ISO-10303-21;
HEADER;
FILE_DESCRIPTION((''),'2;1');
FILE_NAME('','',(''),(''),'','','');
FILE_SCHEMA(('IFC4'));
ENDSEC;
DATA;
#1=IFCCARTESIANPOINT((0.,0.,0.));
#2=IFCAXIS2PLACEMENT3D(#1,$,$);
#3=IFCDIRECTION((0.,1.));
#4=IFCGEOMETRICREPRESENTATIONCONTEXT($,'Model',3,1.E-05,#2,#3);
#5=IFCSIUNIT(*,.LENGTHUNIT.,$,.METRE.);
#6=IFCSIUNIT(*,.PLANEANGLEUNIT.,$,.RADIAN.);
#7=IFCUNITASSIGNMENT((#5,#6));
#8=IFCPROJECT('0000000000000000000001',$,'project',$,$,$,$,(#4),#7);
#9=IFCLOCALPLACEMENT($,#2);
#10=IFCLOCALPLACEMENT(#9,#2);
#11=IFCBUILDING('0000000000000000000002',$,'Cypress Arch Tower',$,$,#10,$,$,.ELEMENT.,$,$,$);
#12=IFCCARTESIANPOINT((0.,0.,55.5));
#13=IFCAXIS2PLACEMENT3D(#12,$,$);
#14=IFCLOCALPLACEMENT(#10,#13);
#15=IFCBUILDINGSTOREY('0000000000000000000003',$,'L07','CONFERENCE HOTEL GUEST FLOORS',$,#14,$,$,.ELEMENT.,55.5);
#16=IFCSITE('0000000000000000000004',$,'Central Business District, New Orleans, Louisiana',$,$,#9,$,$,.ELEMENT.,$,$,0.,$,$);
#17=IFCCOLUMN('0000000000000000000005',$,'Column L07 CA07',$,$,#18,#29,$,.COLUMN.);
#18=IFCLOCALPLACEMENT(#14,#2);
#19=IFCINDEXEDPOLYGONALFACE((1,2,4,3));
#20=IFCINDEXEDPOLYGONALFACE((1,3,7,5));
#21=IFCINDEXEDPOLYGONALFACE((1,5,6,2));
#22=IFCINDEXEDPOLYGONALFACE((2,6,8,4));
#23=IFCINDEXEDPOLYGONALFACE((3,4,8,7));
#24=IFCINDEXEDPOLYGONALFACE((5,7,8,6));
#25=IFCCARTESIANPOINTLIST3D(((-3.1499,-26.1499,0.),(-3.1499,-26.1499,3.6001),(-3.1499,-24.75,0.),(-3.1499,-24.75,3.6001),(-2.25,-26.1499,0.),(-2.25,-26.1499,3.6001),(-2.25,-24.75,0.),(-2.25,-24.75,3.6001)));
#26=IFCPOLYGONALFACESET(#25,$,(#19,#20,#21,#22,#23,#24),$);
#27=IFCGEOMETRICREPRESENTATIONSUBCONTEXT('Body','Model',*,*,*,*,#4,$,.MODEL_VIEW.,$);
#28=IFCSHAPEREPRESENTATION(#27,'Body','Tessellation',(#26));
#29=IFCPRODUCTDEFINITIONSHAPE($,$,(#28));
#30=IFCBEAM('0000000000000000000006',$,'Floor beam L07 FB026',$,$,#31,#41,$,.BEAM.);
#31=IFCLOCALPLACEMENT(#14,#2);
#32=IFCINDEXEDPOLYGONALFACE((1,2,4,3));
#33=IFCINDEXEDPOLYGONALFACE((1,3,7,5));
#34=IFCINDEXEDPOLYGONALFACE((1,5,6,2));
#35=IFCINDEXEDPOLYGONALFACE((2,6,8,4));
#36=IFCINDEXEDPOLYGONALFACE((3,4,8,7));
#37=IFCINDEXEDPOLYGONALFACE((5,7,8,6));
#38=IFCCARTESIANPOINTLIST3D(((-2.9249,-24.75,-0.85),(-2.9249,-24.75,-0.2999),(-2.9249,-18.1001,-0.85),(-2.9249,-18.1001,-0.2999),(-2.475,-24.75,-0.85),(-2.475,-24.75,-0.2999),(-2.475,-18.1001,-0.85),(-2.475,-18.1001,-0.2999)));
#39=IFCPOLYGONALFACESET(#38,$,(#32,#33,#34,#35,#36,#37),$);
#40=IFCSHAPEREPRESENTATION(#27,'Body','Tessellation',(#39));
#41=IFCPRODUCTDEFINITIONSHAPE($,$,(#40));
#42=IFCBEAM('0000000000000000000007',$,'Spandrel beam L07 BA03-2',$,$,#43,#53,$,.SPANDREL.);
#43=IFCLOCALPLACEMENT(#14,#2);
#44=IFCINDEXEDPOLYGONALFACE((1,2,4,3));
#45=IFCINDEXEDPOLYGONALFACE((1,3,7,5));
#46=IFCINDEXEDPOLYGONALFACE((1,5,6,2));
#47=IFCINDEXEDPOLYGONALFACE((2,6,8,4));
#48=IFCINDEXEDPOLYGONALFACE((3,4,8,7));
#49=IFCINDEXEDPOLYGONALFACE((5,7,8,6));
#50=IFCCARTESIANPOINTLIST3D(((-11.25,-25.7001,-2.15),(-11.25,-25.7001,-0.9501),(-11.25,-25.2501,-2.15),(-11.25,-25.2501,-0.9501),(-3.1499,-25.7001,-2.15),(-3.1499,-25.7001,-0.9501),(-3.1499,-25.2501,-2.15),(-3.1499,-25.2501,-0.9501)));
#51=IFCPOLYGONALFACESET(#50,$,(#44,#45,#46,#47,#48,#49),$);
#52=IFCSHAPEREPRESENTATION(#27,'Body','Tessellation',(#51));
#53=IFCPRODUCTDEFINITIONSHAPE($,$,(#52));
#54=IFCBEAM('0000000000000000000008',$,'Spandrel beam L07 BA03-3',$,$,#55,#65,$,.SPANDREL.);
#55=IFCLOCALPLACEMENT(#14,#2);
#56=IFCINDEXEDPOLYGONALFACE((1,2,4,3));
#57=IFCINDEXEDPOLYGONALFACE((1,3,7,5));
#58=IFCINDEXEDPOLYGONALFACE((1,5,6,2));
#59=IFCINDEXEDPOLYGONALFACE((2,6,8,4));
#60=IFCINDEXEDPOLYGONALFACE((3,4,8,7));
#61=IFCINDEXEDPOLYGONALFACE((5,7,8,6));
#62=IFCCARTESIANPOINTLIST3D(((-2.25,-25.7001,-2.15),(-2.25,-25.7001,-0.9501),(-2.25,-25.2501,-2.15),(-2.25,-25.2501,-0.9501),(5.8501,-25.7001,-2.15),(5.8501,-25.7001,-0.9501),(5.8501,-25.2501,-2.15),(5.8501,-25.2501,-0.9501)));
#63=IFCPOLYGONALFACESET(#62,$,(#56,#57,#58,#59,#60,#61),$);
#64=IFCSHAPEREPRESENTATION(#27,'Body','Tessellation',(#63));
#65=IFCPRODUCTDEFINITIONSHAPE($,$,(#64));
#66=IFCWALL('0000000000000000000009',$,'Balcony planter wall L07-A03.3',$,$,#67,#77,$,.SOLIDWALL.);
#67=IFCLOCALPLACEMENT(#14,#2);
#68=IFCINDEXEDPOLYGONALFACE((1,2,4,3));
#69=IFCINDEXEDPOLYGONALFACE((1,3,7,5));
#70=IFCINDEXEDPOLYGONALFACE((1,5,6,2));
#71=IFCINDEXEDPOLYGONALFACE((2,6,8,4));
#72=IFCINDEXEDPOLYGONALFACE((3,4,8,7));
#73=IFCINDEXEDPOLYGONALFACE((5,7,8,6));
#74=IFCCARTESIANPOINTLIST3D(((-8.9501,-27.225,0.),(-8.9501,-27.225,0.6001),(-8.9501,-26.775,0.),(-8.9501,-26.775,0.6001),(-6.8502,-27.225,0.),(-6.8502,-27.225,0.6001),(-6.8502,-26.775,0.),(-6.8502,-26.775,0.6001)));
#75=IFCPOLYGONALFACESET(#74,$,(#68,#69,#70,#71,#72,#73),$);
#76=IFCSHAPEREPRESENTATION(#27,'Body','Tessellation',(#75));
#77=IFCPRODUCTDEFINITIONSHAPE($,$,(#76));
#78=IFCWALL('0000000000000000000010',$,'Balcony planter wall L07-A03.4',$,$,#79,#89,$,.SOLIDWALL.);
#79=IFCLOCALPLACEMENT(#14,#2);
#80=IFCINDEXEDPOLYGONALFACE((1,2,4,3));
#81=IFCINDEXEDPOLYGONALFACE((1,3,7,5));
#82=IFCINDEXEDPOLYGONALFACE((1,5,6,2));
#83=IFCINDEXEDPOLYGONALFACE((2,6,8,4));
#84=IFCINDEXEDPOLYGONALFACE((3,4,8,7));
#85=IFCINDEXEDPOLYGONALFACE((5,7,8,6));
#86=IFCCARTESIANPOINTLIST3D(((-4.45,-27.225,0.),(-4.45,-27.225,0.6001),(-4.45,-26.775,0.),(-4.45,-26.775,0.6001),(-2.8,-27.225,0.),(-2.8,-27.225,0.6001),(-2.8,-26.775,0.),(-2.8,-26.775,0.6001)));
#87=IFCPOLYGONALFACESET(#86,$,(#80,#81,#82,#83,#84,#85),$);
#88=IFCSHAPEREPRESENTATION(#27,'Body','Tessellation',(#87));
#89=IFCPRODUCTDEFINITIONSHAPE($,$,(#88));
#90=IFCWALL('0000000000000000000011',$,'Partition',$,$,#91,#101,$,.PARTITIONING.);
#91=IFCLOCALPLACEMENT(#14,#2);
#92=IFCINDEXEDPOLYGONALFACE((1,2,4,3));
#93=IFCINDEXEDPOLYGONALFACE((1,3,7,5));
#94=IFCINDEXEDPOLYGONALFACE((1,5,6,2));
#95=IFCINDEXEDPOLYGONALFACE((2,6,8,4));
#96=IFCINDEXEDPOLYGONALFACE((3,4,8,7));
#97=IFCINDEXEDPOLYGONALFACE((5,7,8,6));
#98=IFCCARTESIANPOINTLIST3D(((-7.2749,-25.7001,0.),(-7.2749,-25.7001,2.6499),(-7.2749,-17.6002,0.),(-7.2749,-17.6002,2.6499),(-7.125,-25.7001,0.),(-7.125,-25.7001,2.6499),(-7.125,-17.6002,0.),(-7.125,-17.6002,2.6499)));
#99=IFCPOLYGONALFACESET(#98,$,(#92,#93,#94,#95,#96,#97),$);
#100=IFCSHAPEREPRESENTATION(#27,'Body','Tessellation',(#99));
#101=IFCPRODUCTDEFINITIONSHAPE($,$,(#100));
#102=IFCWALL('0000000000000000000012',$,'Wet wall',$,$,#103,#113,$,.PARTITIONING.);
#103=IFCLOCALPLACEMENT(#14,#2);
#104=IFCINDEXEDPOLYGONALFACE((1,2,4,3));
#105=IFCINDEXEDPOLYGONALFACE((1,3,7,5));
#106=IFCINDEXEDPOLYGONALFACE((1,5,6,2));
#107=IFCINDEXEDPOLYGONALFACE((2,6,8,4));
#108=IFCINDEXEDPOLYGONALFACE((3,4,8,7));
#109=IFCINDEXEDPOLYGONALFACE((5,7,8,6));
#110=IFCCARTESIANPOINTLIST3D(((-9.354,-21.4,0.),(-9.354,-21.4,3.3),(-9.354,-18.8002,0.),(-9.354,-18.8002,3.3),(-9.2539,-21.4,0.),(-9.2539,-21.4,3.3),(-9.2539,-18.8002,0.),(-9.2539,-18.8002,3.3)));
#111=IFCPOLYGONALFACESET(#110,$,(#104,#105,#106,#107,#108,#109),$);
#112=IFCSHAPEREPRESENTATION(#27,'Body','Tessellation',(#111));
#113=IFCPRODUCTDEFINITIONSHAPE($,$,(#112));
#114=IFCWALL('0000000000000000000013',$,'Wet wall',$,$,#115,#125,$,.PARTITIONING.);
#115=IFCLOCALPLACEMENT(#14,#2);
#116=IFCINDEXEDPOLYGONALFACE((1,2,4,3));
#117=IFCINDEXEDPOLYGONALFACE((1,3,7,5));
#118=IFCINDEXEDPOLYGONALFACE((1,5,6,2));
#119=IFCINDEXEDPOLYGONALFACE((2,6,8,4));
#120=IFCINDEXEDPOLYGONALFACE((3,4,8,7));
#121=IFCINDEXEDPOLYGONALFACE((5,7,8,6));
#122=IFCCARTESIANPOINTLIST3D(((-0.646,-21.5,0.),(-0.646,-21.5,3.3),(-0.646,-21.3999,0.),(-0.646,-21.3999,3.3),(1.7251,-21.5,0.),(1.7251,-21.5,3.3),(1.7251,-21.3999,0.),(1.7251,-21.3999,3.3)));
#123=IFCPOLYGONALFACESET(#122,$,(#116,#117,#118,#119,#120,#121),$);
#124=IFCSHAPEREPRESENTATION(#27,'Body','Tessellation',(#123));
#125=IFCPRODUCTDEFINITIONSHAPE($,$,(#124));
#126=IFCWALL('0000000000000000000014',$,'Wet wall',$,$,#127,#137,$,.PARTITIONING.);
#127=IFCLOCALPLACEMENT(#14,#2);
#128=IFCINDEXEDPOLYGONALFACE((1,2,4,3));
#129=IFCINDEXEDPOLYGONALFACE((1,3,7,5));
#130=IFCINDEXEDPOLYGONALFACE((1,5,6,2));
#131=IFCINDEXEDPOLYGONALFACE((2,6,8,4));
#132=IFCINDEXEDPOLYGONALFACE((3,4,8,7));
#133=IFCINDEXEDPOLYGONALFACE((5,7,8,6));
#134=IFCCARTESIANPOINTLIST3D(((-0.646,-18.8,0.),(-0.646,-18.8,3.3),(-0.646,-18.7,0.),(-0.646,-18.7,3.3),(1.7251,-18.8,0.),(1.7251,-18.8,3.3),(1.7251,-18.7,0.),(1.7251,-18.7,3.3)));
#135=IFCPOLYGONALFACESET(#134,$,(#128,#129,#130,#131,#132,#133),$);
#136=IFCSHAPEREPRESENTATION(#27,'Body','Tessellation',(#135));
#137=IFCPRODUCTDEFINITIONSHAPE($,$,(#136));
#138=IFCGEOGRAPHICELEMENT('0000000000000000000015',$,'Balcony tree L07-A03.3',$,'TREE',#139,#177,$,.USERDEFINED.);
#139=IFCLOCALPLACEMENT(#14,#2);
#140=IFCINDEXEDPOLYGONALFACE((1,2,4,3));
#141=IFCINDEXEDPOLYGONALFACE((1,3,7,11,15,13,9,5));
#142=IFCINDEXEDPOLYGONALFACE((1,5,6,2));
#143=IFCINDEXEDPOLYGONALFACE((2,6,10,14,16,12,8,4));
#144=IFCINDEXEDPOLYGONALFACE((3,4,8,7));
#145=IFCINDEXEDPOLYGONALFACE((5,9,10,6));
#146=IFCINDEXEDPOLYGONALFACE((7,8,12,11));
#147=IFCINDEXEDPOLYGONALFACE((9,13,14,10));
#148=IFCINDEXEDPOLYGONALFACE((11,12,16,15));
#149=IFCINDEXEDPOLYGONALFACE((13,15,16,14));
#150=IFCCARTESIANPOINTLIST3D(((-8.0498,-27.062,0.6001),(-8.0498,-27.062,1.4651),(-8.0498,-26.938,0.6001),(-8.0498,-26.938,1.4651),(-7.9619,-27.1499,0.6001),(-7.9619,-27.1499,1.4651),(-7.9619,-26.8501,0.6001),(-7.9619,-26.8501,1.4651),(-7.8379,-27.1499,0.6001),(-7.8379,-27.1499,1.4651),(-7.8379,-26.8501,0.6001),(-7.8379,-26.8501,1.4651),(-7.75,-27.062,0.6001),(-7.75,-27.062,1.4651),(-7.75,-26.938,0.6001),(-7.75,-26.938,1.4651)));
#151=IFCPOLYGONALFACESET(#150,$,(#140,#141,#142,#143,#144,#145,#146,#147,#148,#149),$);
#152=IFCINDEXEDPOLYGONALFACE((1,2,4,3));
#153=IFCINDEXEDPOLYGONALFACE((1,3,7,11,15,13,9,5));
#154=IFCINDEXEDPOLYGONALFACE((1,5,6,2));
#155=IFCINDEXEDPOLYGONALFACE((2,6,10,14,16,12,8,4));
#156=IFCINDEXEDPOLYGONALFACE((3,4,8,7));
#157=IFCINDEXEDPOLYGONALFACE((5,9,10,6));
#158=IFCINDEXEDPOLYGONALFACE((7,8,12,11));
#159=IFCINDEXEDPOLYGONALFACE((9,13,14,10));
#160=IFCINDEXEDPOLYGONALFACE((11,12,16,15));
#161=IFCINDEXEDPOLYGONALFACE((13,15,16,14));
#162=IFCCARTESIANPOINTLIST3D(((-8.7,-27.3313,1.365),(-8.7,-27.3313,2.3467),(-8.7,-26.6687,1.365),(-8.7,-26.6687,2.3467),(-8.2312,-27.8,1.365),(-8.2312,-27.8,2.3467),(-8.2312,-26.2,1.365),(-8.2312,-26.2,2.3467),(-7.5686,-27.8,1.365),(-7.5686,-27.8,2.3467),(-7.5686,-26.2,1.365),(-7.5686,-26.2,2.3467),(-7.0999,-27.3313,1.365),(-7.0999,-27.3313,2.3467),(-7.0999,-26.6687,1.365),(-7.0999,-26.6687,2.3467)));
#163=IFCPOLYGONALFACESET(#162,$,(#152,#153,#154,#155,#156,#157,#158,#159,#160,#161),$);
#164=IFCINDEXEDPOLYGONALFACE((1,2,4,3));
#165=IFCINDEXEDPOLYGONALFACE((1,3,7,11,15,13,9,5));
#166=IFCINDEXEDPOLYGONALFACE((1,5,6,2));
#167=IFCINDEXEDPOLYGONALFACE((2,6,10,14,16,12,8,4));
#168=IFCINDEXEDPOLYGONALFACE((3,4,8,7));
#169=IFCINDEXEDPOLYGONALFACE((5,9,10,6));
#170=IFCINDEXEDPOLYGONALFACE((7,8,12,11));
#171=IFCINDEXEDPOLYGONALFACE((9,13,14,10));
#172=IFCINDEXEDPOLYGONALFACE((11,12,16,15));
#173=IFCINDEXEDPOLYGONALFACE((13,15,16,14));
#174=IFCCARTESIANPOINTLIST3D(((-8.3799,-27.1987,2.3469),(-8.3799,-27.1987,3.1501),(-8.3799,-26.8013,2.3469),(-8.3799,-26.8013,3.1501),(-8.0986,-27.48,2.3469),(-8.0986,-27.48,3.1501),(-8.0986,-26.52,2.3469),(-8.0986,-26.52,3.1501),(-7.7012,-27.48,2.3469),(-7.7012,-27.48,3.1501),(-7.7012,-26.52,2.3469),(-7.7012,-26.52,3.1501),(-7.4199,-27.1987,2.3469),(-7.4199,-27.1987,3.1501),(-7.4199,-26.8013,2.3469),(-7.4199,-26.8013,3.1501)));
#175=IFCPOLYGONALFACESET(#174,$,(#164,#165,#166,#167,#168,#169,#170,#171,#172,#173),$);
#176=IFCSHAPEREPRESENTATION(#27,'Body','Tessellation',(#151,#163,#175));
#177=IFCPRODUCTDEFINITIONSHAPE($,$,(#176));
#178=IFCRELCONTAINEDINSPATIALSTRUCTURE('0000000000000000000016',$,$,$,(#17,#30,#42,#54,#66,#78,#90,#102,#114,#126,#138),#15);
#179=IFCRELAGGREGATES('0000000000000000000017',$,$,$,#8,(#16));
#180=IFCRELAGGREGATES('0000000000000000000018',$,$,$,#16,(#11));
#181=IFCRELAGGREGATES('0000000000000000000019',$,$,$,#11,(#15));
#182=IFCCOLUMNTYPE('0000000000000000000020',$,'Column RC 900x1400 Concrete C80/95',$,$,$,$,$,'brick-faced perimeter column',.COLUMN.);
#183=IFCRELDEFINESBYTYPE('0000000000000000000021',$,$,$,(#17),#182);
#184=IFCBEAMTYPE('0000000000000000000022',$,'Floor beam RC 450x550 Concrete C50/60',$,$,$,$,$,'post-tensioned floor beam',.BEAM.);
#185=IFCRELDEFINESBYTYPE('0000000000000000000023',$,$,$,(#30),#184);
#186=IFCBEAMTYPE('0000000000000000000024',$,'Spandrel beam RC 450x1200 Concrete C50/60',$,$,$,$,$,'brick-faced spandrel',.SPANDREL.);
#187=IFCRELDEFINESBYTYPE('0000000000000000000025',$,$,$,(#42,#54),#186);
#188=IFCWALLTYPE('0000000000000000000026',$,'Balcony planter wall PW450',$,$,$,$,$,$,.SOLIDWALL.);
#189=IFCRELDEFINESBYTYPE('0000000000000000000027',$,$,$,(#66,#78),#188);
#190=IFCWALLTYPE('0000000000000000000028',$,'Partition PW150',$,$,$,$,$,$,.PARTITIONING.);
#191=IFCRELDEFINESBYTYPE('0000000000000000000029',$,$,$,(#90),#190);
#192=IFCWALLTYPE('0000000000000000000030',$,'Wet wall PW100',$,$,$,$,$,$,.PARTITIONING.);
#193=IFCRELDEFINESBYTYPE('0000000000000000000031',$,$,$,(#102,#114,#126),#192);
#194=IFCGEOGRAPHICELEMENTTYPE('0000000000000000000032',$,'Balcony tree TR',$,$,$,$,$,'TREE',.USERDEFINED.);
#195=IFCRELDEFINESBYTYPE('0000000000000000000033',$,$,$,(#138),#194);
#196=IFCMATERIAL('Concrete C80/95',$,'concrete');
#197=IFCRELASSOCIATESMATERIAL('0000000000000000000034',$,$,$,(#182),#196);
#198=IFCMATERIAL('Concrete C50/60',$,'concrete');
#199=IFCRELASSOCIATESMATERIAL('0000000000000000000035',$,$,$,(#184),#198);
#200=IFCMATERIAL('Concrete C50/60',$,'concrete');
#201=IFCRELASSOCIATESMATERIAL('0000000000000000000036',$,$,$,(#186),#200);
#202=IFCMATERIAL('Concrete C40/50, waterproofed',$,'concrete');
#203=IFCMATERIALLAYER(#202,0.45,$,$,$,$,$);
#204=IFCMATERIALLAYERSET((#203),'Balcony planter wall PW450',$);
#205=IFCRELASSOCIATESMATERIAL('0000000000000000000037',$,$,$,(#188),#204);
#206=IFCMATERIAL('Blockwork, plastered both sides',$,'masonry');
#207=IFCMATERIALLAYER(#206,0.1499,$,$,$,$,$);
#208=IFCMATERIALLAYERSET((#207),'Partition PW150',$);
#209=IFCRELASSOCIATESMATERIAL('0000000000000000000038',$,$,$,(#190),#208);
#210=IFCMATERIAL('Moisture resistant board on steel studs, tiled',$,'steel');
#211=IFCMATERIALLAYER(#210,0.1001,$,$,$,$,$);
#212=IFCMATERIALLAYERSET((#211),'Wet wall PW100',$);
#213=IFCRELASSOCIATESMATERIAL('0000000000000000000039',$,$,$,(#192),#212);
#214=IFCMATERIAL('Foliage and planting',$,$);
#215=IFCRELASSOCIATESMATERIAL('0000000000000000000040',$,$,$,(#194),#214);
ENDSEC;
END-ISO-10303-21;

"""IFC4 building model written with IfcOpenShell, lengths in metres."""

from ifc_helpers import new_model, si_unit, direction, frame, frame_2d, origin, origin_2d, place, context, subcontext, project, spatial, polyline, rectangle, outline, extrude, material, layer, layer_set, material_profile, profile_set, type_object, element, save


model = new_model("IFC4")

# Units and contexts
model_context = context("Model", 3, precision=1e-05, world=origin(), true_north=direction((0.0, 1.0)))
body_context = subcontext(model_context, "Body", "Model", "MODEL_VIEW")
ifc_project = project(units=[si_unit("LENGTHUNIT", "METRE"), si_unit("PLANEANGLEUNIT", "RADIAN")], contexts=[model_context])

# Site, building, storey
site_placement = place(None, origin())
site = spatial("IfcSite", under=ifc_project, at=site_placement, Name="Central Business District, New Orleans, Louisiana", CompositionType="ELEMENT", RefElevation=0.0)
building_placement = place(site_placement, origin())
building = spatial("IfcBuilding", under=site, at=building_placement, Name="Cypress Arch Tower", CompositionType="ELEMENT")
storey_placement = place(building_placement, frame((0.0, 0.0, 55.5)))
storey = spatial("IfcBuildingStorey", under=building, at=storey_placement, Name="L07", Description="CONFERENCE HOTEL GUEST FLOORS", CompositionType="ELEMENT", Elevation=55.5)

# Column
ifc_material_1 = material(Name="Concrete C80/95", Category="concrete")
ifc_material_profile_1 = material_profile(ifc_material_1, rectangle(XDim=0.8999, YDim=1.3999, at=origin_2d()), Name="RC 900x1400")
ifc_profile_set_1 = profile_set([ifc_material_profile_1], Name="Concrete C80/95")
column_type = type_object("IfcColumnType", Name="Column RC 900x1400 Concrete C80/95", ElementType="brick-faced perimeter column", PredefinedType="COLUMN", material=ifc_profile_set_1)
column_placement = place(storey_placement, frame((-2.7, -25.45, 0.0), z_axis=(0.0, 0.0, 1.0), x_axis=(1.0, 0.0, 0.0)))
element("IfcColumn", 1, at=column_placement, inside=storey, type_object=column_type, Name="Column L07 CA07", PredefinedType="COLUMN", context=body_context, shape_type="SweptSolid", body=[
    extrude(rectangle(XDim=0.8999, YDim=1.3999, at=origin_2d()), origin(), (0.0, 0.0, 1.0), 3.6001),
])

# Beams
ifc_material_2 = material(Name="Concrete C50/60", Category="concrete")
ifc_material_profile_2 = material_profile(ifc_material_2, rectangle(XDim=0.45, YDim=0.55, at=origin_2d()), Name="RC 450x550")
ifc_profile_set_2 = profile_set([ifc_material_profile_2], Name="Concrete C50/60")
beam_type_1 = type_object("IfcBeamType", Name="Floor beam RC 450x550 Concrete C50/60", ElementType="post-tensioned floor beam", PredefinedType="BEAM", material=ifc_profile_set_2)
beam_placement = place(storey_placement, frame((-2.7, -24.75, -0.575), z_axis=(0.0, 1.0, 0.0), x_axis=(-1.0, 0.0, 0.0)))
element("IfcBeam", 2, at=beam_placement, inside=storey, type_object=beam_type_1, Name="Floor beam L07 FB026", PredefinedType="BEAM", context=body_context, shape_type="SweptSolid", body=[
    extrude(rectangle(XDim=0.45, YDim=0.55, at=origin_2d()), origin(), (0.0, 0.0, 1.0), 6.6499),
])
ifc_material_3 = material(Name="Concrete C50/60", Category="concrete")
ifc_material_profile_3 = material_profile(ifc_material_3, rectangle(XDim=0.45, YDim=1.2, at=origin_2d()), Name="RC 450x1200")
ifc_profile_set_3 = profile_set([ifc_material_profile_3], Name="Concrete C50/60")
beam_type_2 = type_object("IfcBeamType", Name="Spandrel beam RC 450x1200 Concrete C50/60", ElementType="brick-faced spandrel", PredefinedType="SPANDREL", material=ifc_profile_set_3)
for number, where, z_axis, x_axis, name in (
    (3, (-11.25, -25.4751, -1.55), (1.0, 0.0, 0.0), (0.0, 1.0, 0.0), "Spandrel beam L07 BA03-2"),
    (4, (-2.25, -25.4751, -1.55), (1.0, 0.0, 0.0), (0.0, 1.0, 0.0), "Spandrel beam L07 BA03-3"),
):
    element("IfcBeam", number, at=place(storey_placement, frame(where, z_axis=z_axis, x_axis=x_axis)), inside=storey, type_object=beam_type_2, Name=name, PredefinedType="SPANDREL", context=body_context, shape_type="SweptSolid", body=[
        extrude(rectangle(XDim=0.45, YDim=1.2, at=origin_2d()), origin(), (0.0, 0.0, 1.0), 8.1001),
    ])

# Walls
ifc_material_4 = material(Name="Concrete C40/50, waterproofed", Category="concrete")
ifc_layer_1 = layer(ifc_material_4, 0.45)
ifc_layer_set_1 = layer_set([ifc_layer_1], Name="Balcony planter wall PW450")
wall_type_1 = type_object("IfcWallType", Name="Balcony planter wall PW450", PredefinedType="SOLIDWALL", material=ifc_layer_set_1)
wall_1_placement = place(storey_placement, frame((-8.95, -27.0, 0.0), z_axis=(0.0, 0.0, 1.0), x_axis=(1.0, 0.0, 0.0)))
element("IfcWall", 5, at=wall_1_placement, inside=storey, type_object=wall_type_1, Name="Balcony planter wall L07-A03.3", PredefinedType="SOLIDWALL", context=body_context, shape_type="SweptSolid", body=[
    extrude(rectangle(XDim=2.0999, YDim=0.45, at=frame_2d((1.0498, 0.0))), origin(), (0.0, 0.0, 1.0), 0.6001),
])
wall_2_placement = place(storey_placement, frame((-4.45, -27.0, 0.0), z_axis=(0.0, 0.0, 1.0), x_axis=(1.0, 0.0, 0.0)))
element("IfcWall", 6, at=wall_2_placement, inside=storey, type_object=wall_type_1, Name="Balcony planter wall L07-A03.4", PredefinedType="SOLIDWALL", context=body_context, shape_type="SweptSolid", body=[
    extrude(rectangle(XDim=1.6499, YDim=0.45, at=frame_2d((0.825, 0.0))), origin(), (0.0, 0.0, 1.0), 0.6001),
])

# Walls
ifc_material_5 = material(Name="Blockwork, plastered both sides", Category="masonry")
ifc_layer_2 = layer(ifc_material_5, 0.1499)
ifc_layer_set_2 = layer_set([ifc_layer_2], Name="Partition PW150")
wall_type_2 = type_object("IfcWallType", Name="Partition PW150", PredefinedType="PARTITIONING", material=ifc_layer_set_2)
wall_3_placement = place(storey_placement, frame((-7.2, -25.7, 0.0), z_axis=(0.0, 0.0, 1.0), x_axis=(0.0, 1.0, 0.0)))
element("IfcWall", 7, at=wall_3_placement, inside=storey, type_object=wall_type_2, Name="Partition", PredefinedType="PARTITIONING", context=body_context, shape_type="SweptSolid", body=[
    extrude(rectangle(XDim=8.0999, YDim=0.1499, at=frame_2d((4.0498, 0.0))), origin(), (0.0, 0.0, 1.0), 2.6499),
])
ifc_material_6 = material(Name="Moisture resistant board on steel studs, tiled", Category="steel")
ifc_layer_3 = layer(ifc_material_6, 0.1001)
ifc_layer_set_3 = layer_set([ifc_layer_3], Name="Wet wall PW100")
wall_type_3 = type_object("IfcWallType", Name="Wet wall PW100", PredefinedType="PARTITIONING", material=ifc_layer_set_3)
wall_4_placement = place(storey_placement, frame((-9.304, -21.3999, 0.0), z_axis=(0.0, 0.0, 1.0), x_axis=(0.0, 1.0, 0.0)))
element("IfcWall", 8, at=wall_4_placement, inside=storey, type_object=wall_type_3, Name="Wet wall", PredefinedType="PARTITIONING", context=body_context, shape_type="SweptSolid", body=[
    extrude(rectangle(XDim=2.5999, YDim=0.1001, at=frame_2d((1.2998, 0.0))), origin(), (0.0, 0.0, 1.0), 3.3),
])
for number, where, z_axis, x_axis, name in (
    (9, (-0.646, -21.45, 0.0), (0.0, 0.0, 1.0), (1.0, 0.0, 0.0), "Wet wall"),
    (10, (-0.646, -18.75, 0.0), (0.0, 0.0, 1.0), (1.0, 0.0, 0.0), "Wet wall"),
):
    element("IfcWall", number, at=place(storey_placement, frame(where, z_axis=z_axis, x_axis=x_axis)), inside=storey, type_object=wall_type_3, Name=name, PredefinedType="PARTITIONING", context=body_context, shape_type="SweptSolid", body=[
        extrude(rectangle(XDim=2.3711, YDim=0.1001, at=frame_2d((1.1855, 0.0))), origin(), (0.0, 0.0, 1.0), 3.3),
    ])

# Geographic element
ifc_material_7 = material(Name="Foliage and planting")
geographic_element_type = type_object("IfcGeographicElementType", Name="Balcony tree TR", ElementType="TREE", PredefinedType="USERDEFINED", material=ifc_material_7)
for number, where, z_axis, x_axis, name in (
    (11, (-7.8999, -27.0, 0.6001), (0.0, 0.0, 1.0), (1.0, 0.0, 0.0), "Balcony tree L07-A03.3"),
):
    element("IfcGeographicElement", number, at=place(storey_placement, frame(where, z_axis=z_axis, x_axis=x_axis)), inside=storey, type_object=geographic_element_type, Name=name, ObjectType="TREE", PredefinedType="USERDEFINED", context=body_context, shape_type="SweptSolid", body=[
        extrude(outline(polyline([(0.1499, 0.062), (0.062, 0.1499), (-0.062, 0.1499), (-0.1499, 0.062), (-0.1499, -0.062), (-0.062, -0.1499), (0.062, -0.1499), (0.1499, -0.062), (0.1499, 0.062)])), origin(), (0.0, 0.0, 1.0), 0.865),
        extrude(outline(polyline([(0.8, 0.3313), (0.3313, 0.8), (-0.3313, 0.8), (-0.8, 0.3313), (-0.8, -0.3313), (-0.3313, -0.8), (0.3313, -0.8), (0.8, -0.3313), (0.8, 0.3313)])), frame((0.0, 0.0, 0.7649)), (0.0, 0.0, 1.0), 0.9817),
        extrude(outline(polyline([(0.48, 0.1987), (0.1987, 0.48), (-0.1987, 0.48), (-0.48, 0.1987), (-0.48, -0.1987), (-0.1987, -0.48), (0.1987, -0.48), (0.48, -0.1987), (0.48, 0.1987)])), frame((0.0, 0.0, 1.7468)), (0.0, 0.0, 1.0), 0.8032),
    ])

save(model, "model.ifc")
